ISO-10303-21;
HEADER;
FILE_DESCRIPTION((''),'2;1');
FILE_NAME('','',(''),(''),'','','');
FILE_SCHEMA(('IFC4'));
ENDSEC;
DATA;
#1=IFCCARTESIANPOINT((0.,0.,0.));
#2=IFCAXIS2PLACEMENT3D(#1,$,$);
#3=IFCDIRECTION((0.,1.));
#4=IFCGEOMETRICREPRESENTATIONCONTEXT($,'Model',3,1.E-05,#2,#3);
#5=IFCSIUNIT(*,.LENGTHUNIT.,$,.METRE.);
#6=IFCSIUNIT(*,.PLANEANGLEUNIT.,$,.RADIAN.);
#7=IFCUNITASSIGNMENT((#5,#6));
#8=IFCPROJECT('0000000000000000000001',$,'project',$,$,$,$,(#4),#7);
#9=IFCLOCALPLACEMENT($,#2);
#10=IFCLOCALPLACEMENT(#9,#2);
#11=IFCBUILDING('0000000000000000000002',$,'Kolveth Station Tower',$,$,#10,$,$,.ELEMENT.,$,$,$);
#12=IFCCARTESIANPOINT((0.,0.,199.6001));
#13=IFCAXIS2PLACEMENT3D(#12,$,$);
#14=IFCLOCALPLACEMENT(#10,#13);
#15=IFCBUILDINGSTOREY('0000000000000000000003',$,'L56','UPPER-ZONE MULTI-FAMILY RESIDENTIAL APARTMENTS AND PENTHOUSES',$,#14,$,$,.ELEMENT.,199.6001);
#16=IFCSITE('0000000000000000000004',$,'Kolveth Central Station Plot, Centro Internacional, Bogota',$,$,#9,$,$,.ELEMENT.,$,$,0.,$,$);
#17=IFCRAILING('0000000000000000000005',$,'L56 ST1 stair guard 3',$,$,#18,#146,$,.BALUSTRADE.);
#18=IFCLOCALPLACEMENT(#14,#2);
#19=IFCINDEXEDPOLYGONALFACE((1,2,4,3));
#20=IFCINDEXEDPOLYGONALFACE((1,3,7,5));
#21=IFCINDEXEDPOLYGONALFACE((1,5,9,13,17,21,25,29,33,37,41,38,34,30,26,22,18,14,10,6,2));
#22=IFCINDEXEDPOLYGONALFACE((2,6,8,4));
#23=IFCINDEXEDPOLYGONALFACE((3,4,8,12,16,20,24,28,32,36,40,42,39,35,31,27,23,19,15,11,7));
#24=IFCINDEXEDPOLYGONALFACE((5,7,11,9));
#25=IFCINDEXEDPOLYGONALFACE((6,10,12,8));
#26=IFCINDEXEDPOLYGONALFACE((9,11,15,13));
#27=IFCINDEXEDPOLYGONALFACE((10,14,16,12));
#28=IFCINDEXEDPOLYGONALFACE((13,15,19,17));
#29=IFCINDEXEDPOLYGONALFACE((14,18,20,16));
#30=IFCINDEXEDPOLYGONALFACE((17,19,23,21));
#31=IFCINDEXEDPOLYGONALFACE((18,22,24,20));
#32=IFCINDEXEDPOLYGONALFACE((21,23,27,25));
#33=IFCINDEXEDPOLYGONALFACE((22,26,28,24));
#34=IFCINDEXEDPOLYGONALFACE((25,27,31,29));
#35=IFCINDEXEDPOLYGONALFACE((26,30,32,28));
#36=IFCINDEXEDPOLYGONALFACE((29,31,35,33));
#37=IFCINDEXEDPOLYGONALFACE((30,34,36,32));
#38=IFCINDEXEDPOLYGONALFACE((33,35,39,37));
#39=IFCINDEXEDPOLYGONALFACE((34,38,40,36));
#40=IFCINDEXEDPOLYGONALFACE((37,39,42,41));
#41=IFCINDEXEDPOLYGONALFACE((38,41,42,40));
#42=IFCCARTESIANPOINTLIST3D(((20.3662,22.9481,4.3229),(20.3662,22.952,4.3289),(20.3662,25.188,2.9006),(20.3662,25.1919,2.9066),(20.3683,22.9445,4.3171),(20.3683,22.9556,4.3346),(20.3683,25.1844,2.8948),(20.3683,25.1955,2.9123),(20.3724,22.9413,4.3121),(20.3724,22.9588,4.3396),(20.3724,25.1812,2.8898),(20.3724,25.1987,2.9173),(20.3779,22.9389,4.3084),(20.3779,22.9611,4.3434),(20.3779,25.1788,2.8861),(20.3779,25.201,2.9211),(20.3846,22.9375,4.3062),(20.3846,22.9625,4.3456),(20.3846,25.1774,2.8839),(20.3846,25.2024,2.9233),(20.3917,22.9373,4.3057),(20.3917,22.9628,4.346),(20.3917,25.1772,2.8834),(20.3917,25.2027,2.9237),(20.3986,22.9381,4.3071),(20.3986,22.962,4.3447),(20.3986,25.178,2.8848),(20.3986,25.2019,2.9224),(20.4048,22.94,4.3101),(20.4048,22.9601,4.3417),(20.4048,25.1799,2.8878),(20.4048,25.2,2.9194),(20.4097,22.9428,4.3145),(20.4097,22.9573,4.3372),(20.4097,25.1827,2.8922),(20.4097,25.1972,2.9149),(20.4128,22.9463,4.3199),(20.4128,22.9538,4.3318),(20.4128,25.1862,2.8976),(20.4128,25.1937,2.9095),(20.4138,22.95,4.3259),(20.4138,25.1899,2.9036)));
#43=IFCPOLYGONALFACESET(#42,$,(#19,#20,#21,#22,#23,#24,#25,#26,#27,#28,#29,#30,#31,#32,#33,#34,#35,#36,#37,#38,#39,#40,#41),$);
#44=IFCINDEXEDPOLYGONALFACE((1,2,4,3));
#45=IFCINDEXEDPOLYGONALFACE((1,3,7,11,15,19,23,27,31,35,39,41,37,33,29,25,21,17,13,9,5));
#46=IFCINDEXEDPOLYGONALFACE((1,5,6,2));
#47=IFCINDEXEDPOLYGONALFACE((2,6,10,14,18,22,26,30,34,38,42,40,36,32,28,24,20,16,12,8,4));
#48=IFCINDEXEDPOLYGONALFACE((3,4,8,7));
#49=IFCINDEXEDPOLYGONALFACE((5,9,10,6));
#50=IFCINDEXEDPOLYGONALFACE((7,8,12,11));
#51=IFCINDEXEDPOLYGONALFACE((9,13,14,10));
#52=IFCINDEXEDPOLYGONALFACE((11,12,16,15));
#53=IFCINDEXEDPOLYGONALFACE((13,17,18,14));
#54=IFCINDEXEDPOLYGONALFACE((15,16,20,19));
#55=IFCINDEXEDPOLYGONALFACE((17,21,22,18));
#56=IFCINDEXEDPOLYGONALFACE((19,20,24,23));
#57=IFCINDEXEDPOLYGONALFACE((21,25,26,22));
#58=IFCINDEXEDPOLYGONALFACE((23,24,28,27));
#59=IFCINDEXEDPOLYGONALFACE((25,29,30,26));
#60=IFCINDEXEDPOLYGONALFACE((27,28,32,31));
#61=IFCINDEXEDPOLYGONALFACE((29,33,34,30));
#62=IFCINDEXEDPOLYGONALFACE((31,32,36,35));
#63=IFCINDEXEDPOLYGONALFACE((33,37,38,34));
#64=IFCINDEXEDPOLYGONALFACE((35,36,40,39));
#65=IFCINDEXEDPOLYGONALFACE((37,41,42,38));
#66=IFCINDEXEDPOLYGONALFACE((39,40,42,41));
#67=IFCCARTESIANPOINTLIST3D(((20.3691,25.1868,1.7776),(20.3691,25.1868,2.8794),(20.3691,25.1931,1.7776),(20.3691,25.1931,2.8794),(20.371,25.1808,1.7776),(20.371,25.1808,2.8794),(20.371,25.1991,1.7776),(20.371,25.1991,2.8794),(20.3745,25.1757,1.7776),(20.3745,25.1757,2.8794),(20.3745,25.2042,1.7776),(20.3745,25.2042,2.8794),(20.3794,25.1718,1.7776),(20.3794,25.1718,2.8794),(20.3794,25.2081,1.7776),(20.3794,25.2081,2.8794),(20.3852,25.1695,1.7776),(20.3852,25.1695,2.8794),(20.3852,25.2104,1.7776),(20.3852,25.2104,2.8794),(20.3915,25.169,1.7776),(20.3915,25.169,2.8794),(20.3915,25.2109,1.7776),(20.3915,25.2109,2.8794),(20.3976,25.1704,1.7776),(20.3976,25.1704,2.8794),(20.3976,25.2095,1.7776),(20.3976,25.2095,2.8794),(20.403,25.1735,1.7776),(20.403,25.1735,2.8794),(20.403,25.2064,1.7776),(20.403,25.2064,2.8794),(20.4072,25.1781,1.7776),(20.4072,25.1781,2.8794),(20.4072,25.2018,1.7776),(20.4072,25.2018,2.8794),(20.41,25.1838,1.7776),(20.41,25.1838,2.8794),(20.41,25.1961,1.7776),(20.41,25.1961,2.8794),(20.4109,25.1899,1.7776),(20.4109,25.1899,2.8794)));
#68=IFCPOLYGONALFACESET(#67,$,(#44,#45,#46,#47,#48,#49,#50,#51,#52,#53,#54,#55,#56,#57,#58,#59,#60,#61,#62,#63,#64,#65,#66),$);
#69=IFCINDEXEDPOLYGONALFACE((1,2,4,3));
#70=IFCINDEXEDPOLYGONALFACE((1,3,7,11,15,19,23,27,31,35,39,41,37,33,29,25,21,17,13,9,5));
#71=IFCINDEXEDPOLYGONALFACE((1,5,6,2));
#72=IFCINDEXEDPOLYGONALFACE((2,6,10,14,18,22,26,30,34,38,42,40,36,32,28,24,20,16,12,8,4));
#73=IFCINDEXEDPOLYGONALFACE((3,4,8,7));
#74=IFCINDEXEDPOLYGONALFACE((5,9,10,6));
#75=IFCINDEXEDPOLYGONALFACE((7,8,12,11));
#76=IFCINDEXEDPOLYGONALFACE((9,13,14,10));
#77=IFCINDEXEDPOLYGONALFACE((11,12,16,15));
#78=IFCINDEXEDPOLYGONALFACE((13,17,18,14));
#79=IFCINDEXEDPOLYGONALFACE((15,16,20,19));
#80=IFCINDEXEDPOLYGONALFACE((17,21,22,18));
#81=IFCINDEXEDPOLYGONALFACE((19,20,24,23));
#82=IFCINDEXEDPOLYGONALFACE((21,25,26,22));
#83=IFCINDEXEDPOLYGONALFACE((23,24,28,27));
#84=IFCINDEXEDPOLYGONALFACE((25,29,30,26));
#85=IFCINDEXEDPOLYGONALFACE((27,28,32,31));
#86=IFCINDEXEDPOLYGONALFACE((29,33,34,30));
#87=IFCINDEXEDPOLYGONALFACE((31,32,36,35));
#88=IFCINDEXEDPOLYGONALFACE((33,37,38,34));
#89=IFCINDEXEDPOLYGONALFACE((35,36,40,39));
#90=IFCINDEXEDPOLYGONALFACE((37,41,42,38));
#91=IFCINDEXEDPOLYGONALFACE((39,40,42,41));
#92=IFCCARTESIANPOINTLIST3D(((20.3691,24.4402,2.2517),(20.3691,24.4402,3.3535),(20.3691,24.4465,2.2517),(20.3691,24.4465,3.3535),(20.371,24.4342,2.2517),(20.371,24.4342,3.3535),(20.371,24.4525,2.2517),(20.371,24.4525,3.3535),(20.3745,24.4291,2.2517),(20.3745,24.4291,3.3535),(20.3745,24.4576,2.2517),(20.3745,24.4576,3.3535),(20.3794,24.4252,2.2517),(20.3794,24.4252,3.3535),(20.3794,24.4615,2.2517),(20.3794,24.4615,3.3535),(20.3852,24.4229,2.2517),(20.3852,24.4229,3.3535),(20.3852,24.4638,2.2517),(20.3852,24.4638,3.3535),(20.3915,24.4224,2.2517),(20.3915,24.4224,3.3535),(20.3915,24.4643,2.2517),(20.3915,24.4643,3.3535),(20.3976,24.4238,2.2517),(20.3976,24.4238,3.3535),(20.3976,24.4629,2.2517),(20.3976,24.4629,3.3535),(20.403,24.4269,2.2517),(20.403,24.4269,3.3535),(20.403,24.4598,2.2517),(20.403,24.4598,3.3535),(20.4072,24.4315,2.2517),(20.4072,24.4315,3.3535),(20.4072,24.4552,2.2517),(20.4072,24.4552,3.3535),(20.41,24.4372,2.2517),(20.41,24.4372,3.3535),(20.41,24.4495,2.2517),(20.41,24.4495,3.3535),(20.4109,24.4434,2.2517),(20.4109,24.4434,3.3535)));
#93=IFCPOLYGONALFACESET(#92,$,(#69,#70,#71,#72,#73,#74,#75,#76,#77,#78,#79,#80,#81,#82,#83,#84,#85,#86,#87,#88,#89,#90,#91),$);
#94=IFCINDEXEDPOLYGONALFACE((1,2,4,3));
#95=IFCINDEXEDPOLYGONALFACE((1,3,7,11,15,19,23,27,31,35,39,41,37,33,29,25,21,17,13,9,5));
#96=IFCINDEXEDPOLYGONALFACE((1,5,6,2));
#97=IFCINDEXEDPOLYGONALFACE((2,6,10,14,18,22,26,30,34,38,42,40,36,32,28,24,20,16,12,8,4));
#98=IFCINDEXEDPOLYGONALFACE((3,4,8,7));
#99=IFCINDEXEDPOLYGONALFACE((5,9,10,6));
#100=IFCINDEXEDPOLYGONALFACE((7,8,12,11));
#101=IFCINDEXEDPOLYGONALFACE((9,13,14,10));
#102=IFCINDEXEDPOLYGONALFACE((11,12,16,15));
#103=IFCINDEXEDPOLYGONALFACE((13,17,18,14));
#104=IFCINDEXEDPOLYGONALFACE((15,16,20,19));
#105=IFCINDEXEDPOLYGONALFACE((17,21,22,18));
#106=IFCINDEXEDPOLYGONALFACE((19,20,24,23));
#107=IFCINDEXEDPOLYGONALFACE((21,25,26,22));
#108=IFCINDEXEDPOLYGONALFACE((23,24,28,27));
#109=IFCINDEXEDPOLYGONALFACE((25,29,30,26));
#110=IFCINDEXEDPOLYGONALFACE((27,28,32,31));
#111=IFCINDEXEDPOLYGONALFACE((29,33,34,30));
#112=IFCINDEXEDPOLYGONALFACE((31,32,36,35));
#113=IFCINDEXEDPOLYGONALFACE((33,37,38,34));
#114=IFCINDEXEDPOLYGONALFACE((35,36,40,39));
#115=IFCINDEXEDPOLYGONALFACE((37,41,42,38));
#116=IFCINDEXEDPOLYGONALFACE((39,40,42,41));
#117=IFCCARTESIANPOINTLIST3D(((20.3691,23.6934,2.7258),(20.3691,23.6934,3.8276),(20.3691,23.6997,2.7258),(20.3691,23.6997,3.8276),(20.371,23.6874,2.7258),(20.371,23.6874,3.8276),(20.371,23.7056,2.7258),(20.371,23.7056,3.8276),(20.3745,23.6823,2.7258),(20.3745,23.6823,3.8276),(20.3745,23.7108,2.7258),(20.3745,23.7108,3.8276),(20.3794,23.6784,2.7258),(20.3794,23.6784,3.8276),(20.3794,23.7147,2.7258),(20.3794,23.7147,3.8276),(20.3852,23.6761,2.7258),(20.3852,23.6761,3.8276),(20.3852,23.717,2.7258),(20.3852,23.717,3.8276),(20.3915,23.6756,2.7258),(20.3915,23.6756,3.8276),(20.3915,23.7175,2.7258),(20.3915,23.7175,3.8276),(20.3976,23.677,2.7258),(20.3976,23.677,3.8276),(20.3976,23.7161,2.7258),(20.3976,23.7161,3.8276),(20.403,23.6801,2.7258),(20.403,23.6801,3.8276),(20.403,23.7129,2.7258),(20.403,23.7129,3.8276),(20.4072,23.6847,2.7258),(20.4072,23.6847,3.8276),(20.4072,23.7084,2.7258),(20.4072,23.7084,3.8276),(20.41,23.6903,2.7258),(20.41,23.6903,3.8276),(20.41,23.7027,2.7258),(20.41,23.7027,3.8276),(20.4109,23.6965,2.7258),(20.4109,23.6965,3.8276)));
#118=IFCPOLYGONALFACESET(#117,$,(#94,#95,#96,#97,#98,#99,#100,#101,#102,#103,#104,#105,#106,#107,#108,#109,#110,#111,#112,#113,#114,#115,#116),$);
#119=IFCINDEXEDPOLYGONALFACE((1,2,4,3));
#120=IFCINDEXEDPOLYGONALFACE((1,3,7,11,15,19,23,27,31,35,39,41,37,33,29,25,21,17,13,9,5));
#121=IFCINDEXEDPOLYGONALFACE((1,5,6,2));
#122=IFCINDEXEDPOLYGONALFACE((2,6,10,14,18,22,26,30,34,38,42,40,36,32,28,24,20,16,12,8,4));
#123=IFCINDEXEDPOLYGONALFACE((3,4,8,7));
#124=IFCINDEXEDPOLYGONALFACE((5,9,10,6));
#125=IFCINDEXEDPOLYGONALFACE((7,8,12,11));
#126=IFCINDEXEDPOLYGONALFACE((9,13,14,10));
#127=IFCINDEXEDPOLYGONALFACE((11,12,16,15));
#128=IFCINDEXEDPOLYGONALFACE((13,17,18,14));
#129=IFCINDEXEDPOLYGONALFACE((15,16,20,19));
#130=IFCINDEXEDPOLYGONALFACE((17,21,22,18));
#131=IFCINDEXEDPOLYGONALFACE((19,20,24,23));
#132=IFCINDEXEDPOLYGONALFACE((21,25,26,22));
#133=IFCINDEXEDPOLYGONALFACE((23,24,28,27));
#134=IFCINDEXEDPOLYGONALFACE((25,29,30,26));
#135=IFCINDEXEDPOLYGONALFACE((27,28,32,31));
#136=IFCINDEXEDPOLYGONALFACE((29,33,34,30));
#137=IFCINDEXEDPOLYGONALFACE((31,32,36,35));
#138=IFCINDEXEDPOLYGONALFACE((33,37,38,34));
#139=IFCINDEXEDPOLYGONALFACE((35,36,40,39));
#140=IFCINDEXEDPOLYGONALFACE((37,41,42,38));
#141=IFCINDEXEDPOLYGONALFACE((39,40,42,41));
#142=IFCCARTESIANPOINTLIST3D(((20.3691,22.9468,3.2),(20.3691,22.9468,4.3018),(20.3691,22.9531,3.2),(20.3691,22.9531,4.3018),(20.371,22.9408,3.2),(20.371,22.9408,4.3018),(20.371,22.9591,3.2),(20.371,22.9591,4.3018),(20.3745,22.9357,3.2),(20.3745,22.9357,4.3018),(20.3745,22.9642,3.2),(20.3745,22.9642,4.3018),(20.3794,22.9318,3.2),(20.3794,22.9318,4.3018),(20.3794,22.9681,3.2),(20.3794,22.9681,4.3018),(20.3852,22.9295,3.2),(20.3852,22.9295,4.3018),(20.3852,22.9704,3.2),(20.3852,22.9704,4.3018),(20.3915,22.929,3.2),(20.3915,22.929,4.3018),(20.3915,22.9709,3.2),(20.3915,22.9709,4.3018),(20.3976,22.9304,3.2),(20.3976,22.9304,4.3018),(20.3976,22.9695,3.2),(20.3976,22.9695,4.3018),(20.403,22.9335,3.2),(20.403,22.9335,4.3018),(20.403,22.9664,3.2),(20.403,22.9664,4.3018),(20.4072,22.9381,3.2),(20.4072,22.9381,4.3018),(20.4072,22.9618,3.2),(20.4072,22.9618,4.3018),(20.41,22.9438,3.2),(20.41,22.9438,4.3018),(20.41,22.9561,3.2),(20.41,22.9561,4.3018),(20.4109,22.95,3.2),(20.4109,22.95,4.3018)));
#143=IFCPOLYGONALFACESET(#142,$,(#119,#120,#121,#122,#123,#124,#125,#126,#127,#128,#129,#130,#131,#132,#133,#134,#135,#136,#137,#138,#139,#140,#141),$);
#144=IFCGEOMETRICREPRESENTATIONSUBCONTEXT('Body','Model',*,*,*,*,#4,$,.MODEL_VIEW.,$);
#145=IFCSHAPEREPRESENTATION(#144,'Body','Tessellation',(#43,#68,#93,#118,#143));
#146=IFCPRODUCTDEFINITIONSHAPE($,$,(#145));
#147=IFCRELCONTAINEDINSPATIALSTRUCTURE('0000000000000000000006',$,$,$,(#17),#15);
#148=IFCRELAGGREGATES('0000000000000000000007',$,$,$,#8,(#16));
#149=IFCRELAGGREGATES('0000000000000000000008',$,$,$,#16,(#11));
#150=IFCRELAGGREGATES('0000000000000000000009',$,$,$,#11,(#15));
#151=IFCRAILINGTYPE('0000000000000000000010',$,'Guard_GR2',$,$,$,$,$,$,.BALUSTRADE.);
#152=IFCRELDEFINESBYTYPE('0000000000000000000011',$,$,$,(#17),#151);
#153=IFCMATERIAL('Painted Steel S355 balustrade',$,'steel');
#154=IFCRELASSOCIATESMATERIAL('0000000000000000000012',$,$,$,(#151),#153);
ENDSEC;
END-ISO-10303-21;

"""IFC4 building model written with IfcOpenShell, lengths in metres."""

from ifc_helpers import new_model, si_unit, direction, frame, origin, origin_2d, place, context, subcontext, project, spatial, circle, extrude, material, type_object, element, save


model = new_model("IFC4")

# Units and contexts
model_context = context("Model", 3, precision=1e-05, world=origin(), true_north=direction((0.0, 1.0)))
body_context = subcontext(model_context, "Body", "Model", "MODEL_VIEW")
ifc_project = project(units=[si_unit("LENGTHUNIT", "METRE"), si_unit("PLANEANGLEUNIT", "RADIAN")], contexts=[model_context])

# Site, building, storey
site_placement = place(None, origin())
site = spatial("IfcSite", under=ifc_project, at=site_placement, Name="Kolveth Central Station Plot, Centro Internacional, Bogota", CompositionType="ELEMENT", RefElevation=0.0)
building_placement = place(site_placement, origin())
building = spatial("IfcBuilding", under=site, at=building_placement, Name="Kolveth Station Tower", CompositionType="ELEMENT")
storey_placement = place(building_placement, frame((0.0, 0.0, 199.6001)))
storey = spatial("IfcBuildingStorey", under=building, at=storey_placement, Name="L56", Description="UPPER-ZONE MULTI-FAMILY RESIDENTIAL APARTMENTS AND PENTHOUSES", CompositionType="ELEMENT", Elevation=199.6001)

# Railing
ifc_material_1 = material(Name="Painted Steel S355 balustrade", Category="steel")
railing_type_1 = type_object("IfcRailingType", Name="Guard_GR2", PredefinedType="BALUSTRADE", material=ifc_material_1)
railing_1_placement = place(storey_placement, frame((20.3899, 25.1899, 1.7776)))
element("IfcRailing", 1, at=railing_1_placement, inside=storey, type_object=railing_type_1, Name="L56 ST1 stair guard 3", PredefinedType="BALUSTRADE", context=body_context, shape_type="SweptSolid", body=[
    extrude(circle(Radius=0.0239, at=origin_2d()), frame((0.0, 0.0, 1.126), z_axis=(0.0, -0.844188, 0.536048), x_axis=(1.0, 0.0, 0.0)), (0.0, 0.0, 1.0), 2.6533),
    extrude(circle(Radius=0.021, at=origin_2d()), origin(), (0.0, 0.0, 1.0), 1.1018),
    extrude(circle(Radius=0.021, at=origin_2d()), frame((0.0, -0.7466, 0.4741)), (0.0, 0.0, 1.0), 1.1018),
    extrude(circle(Radius=0.021, at=origin_2d()), frame((0.0, -1.4934, 0.9482)), (0.0, 0.0, 1.0), 1.1018),
    extrude(circle(Radius=0.021, at=origin_2d()), frame((0.0, -2.24, 1.4224)), (0.0, 0.0, 1.0), 1.1018),
])

save(model, "model.ifc")
